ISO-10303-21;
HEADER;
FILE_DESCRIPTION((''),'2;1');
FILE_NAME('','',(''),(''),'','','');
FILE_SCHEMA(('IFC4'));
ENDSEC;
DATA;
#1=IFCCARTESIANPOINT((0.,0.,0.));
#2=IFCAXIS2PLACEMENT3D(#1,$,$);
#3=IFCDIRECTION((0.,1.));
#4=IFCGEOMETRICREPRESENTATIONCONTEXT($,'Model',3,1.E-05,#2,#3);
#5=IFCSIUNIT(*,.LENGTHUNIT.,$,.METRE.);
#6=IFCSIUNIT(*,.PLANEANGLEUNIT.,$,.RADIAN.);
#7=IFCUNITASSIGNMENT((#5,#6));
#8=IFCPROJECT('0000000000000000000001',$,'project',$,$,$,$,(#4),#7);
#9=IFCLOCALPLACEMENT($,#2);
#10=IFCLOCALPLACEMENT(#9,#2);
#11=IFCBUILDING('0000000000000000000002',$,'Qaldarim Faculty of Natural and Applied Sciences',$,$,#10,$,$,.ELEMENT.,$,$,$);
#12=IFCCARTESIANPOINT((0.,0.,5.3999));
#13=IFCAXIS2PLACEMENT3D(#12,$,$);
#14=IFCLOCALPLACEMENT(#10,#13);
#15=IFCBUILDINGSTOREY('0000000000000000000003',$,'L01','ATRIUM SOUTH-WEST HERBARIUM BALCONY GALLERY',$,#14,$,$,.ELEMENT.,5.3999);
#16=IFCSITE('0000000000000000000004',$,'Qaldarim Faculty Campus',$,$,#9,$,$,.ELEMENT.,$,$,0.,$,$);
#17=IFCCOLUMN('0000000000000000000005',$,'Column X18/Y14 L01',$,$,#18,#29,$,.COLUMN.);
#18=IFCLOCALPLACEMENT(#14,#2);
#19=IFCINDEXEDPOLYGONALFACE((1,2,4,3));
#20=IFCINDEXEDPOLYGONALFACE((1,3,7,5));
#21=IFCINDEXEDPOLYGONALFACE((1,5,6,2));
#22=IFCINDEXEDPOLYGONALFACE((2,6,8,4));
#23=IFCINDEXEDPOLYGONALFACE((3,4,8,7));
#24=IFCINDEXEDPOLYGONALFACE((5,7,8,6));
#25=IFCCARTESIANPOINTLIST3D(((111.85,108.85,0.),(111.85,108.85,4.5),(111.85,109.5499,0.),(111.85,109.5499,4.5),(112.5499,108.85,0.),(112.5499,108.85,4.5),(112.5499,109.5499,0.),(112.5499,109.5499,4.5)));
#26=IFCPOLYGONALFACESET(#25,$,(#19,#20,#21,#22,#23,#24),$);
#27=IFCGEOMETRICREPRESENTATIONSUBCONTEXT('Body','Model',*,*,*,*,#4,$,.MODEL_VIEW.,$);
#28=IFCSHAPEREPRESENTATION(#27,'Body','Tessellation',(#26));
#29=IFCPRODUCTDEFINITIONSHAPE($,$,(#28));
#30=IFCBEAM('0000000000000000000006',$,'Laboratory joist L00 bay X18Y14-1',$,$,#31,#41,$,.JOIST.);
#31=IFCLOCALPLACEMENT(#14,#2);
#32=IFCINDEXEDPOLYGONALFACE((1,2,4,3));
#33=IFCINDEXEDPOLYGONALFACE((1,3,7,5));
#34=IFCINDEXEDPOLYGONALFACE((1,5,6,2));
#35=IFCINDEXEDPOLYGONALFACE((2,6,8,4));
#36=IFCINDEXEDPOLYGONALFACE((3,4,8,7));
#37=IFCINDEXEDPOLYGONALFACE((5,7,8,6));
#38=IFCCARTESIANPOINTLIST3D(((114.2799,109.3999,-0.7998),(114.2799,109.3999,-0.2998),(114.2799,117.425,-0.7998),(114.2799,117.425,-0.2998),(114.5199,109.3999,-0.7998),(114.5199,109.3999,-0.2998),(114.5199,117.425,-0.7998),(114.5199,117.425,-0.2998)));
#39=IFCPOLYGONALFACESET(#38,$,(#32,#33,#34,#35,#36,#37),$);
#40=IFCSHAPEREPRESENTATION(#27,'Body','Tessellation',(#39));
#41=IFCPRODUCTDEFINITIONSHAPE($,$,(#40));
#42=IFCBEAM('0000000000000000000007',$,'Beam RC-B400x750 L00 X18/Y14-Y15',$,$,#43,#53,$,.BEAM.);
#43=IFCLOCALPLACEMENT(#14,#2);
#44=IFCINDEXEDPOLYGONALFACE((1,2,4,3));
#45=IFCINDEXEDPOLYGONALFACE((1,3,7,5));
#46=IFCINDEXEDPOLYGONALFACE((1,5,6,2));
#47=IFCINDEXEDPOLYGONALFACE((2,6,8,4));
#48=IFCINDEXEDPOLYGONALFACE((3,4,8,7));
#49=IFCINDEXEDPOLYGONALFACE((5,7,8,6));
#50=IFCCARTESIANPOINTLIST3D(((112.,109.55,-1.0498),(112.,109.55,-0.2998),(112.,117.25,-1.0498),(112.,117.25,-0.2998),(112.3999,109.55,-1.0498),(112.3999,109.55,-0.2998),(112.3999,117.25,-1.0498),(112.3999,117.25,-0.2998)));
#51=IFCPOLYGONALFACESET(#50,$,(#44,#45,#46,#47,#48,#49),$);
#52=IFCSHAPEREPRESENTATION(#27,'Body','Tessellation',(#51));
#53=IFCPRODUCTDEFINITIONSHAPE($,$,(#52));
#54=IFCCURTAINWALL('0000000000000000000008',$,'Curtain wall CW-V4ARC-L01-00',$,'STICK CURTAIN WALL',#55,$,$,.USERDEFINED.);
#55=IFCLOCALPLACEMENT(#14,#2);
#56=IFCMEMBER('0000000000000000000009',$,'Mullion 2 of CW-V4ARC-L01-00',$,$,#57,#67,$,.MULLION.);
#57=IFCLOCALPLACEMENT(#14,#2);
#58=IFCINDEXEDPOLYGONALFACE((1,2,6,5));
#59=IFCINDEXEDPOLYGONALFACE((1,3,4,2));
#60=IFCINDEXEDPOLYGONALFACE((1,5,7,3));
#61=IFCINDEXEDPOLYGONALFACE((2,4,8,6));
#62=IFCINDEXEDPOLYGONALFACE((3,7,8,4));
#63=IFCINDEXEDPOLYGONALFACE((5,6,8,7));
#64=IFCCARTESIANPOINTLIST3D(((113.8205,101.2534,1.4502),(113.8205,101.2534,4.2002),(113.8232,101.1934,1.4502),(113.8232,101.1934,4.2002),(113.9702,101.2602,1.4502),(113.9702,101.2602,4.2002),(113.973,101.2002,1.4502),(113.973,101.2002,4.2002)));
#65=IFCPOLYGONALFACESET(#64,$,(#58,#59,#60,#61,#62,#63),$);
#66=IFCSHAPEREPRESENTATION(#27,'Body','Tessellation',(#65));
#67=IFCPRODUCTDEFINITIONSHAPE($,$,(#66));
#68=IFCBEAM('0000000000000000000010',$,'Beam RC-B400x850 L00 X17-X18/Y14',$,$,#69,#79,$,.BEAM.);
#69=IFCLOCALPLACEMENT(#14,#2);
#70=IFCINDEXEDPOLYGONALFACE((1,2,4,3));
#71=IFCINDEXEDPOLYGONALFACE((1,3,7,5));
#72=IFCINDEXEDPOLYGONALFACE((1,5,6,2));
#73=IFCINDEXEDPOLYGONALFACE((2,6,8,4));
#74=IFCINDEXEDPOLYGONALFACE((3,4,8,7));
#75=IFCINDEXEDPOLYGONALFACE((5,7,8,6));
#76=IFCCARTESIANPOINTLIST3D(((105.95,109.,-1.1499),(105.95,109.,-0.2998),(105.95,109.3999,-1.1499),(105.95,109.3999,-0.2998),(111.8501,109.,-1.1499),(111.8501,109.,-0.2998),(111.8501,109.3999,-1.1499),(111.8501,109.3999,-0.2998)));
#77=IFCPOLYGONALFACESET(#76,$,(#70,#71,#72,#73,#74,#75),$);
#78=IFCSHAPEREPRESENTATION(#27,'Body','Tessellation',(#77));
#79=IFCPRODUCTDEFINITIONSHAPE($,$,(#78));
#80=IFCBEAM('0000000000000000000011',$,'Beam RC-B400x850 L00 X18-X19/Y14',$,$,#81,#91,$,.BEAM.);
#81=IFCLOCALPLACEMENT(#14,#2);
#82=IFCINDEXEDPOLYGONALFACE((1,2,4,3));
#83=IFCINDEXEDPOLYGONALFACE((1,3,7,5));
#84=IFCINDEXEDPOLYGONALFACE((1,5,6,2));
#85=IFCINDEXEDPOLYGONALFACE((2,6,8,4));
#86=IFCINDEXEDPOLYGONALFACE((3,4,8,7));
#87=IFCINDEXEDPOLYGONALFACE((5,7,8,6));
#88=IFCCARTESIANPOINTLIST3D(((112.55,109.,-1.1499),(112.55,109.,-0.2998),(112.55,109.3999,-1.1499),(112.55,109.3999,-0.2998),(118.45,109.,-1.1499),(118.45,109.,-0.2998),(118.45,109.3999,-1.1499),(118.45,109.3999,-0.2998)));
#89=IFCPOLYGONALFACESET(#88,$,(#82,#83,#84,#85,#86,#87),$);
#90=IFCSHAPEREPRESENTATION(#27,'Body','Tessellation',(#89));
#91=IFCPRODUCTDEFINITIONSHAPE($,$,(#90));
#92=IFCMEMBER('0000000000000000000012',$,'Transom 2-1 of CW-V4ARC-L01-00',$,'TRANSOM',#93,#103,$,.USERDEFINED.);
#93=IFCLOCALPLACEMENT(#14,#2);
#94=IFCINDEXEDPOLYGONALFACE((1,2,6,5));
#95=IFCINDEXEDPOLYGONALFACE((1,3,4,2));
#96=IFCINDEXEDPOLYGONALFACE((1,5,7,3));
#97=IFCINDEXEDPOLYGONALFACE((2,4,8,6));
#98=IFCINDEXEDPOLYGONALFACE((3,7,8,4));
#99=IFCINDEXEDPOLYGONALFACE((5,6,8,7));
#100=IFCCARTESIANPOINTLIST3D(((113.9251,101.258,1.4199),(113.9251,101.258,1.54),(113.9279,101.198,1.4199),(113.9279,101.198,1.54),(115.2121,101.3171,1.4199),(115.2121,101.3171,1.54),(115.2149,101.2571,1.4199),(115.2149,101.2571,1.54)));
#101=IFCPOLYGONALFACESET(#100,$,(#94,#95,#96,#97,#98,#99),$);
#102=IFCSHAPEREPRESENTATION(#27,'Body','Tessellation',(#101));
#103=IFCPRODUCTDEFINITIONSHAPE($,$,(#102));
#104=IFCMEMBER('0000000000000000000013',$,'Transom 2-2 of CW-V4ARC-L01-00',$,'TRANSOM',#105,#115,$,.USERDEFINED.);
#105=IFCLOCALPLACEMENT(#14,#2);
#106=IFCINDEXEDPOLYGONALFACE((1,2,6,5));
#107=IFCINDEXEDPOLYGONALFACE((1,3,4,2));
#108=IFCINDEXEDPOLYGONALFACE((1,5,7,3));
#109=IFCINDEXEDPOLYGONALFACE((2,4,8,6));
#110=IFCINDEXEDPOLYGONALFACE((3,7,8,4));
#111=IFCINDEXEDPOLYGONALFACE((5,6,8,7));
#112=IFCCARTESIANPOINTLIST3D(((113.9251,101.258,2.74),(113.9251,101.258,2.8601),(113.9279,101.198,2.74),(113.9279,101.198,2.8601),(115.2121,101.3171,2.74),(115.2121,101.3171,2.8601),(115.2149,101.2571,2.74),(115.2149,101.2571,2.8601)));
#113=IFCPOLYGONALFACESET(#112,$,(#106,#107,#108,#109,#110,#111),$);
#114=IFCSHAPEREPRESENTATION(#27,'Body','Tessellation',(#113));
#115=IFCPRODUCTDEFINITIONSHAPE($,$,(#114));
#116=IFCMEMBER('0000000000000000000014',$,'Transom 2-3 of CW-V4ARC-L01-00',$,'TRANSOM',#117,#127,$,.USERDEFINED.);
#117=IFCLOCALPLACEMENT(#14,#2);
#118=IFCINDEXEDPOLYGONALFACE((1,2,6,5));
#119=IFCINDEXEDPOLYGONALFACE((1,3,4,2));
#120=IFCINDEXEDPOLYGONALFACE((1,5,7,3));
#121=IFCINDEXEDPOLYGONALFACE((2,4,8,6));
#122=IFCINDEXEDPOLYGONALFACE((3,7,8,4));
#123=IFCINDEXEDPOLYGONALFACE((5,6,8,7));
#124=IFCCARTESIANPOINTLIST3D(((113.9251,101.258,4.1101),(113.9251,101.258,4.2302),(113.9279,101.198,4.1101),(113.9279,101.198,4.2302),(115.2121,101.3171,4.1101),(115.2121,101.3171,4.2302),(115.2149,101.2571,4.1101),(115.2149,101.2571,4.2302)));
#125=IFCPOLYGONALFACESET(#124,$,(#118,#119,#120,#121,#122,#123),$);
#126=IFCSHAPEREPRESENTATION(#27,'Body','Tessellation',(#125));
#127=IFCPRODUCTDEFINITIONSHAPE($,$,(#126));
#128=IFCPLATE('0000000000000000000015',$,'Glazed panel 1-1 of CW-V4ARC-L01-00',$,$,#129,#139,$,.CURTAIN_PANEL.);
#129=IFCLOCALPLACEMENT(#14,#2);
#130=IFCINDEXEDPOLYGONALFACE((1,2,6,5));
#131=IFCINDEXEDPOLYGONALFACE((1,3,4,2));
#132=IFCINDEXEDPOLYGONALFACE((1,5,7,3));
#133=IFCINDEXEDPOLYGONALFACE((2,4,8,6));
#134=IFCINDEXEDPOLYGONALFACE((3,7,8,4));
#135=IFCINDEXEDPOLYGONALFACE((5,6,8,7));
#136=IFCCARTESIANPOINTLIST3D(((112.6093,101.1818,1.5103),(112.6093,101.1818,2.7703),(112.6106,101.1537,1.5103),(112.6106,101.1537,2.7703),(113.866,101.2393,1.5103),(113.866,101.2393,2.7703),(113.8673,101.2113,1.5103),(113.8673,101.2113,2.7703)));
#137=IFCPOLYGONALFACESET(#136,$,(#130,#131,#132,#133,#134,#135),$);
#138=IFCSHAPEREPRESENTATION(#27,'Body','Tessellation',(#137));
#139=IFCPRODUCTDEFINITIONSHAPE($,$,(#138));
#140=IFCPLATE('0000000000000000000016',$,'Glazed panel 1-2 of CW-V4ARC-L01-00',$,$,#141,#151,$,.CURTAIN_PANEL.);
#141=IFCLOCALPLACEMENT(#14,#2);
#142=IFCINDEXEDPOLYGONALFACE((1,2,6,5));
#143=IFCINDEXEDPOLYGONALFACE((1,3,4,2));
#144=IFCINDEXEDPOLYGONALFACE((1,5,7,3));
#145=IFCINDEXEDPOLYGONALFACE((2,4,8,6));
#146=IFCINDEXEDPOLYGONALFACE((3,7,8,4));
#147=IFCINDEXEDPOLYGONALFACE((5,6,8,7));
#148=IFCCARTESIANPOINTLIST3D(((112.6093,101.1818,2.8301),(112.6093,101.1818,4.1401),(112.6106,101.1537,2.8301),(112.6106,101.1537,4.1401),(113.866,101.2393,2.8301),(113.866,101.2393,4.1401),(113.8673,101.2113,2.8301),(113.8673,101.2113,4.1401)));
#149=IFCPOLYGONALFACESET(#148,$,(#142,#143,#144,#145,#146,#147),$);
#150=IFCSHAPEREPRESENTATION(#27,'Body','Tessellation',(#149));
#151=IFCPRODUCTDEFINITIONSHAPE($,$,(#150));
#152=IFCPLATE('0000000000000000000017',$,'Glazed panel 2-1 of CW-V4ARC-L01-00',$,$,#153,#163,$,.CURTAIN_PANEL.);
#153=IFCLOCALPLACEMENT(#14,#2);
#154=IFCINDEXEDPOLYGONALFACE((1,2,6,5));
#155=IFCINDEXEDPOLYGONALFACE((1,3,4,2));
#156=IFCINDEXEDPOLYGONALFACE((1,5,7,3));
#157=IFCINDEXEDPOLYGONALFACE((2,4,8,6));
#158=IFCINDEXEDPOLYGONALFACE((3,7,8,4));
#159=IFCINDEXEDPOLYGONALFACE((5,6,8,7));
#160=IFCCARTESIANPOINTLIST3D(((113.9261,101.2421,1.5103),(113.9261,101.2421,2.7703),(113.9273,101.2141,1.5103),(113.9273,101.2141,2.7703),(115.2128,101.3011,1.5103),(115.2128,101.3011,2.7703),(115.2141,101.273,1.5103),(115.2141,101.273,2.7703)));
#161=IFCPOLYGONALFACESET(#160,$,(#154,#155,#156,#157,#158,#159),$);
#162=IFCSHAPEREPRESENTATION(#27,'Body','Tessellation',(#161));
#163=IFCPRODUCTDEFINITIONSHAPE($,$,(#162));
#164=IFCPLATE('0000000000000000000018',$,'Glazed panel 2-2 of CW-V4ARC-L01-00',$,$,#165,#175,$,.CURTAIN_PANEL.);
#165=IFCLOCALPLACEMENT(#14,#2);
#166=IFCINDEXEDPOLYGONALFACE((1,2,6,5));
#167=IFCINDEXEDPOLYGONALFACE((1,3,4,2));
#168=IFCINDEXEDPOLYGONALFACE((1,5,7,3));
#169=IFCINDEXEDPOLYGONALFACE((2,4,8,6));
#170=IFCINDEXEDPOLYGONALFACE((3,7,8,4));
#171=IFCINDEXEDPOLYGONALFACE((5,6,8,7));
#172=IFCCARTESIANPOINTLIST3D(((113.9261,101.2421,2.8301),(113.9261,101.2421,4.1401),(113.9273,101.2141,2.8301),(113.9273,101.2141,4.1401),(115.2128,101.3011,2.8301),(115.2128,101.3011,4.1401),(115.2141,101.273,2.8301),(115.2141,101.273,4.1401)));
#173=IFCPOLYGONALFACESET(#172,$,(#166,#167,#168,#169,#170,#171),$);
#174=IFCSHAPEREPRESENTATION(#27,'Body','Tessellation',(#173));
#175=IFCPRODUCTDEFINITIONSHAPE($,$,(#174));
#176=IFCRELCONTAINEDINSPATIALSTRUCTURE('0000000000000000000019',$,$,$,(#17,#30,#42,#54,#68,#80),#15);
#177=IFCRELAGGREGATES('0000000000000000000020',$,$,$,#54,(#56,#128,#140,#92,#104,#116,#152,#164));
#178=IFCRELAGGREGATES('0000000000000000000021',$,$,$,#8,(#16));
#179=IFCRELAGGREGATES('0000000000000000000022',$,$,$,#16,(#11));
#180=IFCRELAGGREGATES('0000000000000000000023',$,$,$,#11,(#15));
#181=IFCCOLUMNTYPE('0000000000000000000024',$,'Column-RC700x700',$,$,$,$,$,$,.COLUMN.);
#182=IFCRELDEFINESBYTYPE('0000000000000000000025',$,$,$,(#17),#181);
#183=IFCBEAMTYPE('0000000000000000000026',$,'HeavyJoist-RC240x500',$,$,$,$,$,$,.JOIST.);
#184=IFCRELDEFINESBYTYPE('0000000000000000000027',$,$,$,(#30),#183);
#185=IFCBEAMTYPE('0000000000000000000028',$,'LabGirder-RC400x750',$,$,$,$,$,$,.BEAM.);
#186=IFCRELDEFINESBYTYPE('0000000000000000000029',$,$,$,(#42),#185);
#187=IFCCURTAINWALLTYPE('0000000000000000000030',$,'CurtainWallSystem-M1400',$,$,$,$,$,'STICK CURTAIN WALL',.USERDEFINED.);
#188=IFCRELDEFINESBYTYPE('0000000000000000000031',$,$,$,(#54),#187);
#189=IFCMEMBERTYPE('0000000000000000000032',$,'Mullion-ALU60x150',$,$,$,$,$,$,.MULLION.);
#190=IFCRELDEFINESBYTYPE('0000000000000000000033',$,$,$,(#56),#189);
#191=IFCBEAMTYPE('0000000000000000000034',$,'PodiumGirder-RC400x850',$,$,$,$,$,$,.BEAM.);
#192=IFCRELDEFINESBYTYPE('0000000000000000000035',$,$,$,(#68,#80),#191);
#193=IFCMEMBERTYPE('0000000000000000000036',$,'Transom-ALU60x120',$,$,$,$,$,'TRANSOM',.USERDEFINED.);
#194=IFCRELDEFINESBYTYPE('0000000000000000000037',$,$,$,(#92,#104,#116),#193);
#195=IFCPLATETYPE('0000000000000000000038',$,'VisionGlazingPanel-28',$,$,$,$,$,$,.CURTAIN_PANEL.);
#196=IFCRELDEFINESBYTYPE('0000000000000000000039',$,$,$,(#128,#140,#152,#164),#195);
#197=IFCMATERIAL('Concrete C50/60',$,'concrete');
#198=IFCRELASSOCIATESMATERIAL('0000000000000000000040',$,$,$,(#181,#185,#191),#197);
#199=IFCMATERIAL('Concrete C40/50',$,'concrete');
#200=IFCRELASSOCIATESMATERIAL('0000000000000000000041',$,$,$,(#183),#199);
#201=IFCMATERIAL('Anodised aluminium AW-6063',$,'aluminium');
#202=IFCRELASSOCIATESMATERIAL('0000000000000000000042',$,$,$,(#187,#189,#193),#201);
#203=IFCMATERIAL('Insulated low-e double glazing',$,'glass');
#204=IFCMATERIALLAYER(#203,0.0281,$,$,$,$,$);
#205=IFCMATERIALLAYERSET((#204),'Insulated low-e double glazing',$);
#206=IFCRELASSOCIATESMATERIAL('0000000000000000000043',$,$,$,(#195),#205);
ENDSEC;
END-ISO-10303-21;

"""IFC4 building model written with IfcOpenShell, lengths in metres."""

from ifc_helpers import new_model, si_unit, direction, frame, origin, origin_2d, place, context, subcontext, project, spatial, rectangle, extrude, material, layer, layer_set, material_profile, profile_set, type_object, element, aggregate, save


model = new_model("IFC4")

# Units and contexts
model_context = context("Model", 3, precision=1e-05, world=origin(), true_north=direction((0.0, 1.0)))
body_context = subcontext(model_context, "Body", "Model", "MODEL_VIEW")
ifc_project = project(units=[si_unit("LENGTHUNIT", "METRE"), si_unit("PLANEANGLEUNIT", "RADIAN")], contexts=[model_context])

# Site, building, storey
site_placement = place(None, origin())
site = spatial("IfcSite", under=ifc_project, at=site_placement, Name="Qaldarim Faculty Campus", CompositionType="ELEMENT", RefElevation=0.0)
building_placement = place(site_placement, origin())
building = spatial("IfcBuilding", under=site, at=building_placement, Name="Qaldarim Faculty of Natural and Applied Sciences", CompositionType="ELEMENT")
storey_placement = place(building_placement, frame((0.0, 0.0, 5.3999)))
storey = spatial("IfcBuildingStorey", under=building, at=storey_placement, Name="L01", Description="ATRIUM SOUTH-WEST HERBARIUM BALCONY GALLERY", CompositionType="ELEMENT", Elevation=5.3999)

# Column
ifc_material_1 = material(Name="Concrete C50/60", Category="concrete")
ifc_material_profile_1 = material_profile(ifc_material_1, rectangle(XDim=0.7, YDim=0.7, at=origin_2d()), Name="RC-C700x700")
ifc_profile_set_1 = profile_set([ifc_material_profile_1], Name="Concrete C50/60")
column_type = type_object("IfcColumnType", Name="Column-RC700x700", PredefinedType="COLUMN", material=ifc_profile_set_1)
column_placement = place(storey_placement, frame((112.2, 109.2, 0.0), z_axis=(0.0, 0.0, 1.0), x_axis=(1.0, 0.0, 0.0)))
element("IfcColumn", 1, at=column_placement, inside=storey, type_object=column_type, Name="Column X18/Y14 L01", PredefinedType="COLUMN", context=body_context, shape_type="SweptSolid", body=[
    extrude(rectangle(XDim=0.7, YDim=0.7, at=origin_2d()), origin(), (0.0, 0.0, 1.0), 4.5),
])

# Beams
ifc_material_2 = material(Name="Concrete C40/50", Category="concrete")
ifc_material_profile_2 = material_profile(ifc_material_2, rectangle(XDim=0.24, YDim=0.5, at=origin_2d()), Name="RC-J240x500")
ifc_profile_set_2 = profile_set([ifc_material_profile_2], Name="Concrete C40/50")
beam_type_1 = type_object("IfcBeamType", Name="HeavyJoist-RC240x500", PredefinedType="JOIST", material=ifc_profile_set_2)
beam_1_placement = place(storey_placement, frame((114.3999, 109.3999, -0.5498), z_axis=(0.0, 1.0, 0.0), x_axis=(-1.0, 0.0, 0.0)))
element("IfcBeam", 2, at=beam_1_placement, inside=storey, type_object=beam_type_1, Name="Laboratory joist L00 bay X18Y14-1", PredefinedType="JOIST", context=body_context, shape_type="SweptSolid", body=[
    extrude(rectangle(XDim=0.24, YDim=0.5, at=origin_2d()), origin(), (0.0, 0.0, 1.0), 8.0251),
])
ifc_material_profile_3 = material_profile(ifc_material_1, rectangle(XDim=0.3999, YDim=0.75, at=origin_2d()), Name="RC-B400x750")
ifc_profile_set_3 = profile_set([ifc_material_profile_3], Name="Concrete C50/60")
beam_type_2 = type_object("IfcBeamType", Name="LabGirder-RC400x750", PredefinedType="BEAM", material=ifc_profile_set_3)
beam_2_placement = place(storey_placement, frame((112.2, 109.55, -0.6748), z_axis=(0.0, 1.0, 0.0), x_axis=(-1.0, 0.0, 0.0)))
element("IfcBeam", 3, at=beam_2_placement, inside=storey, type_object=beam_type_2, Name="Beam RC-B400x750 L00 X18/Y14-Y15", PredefinedType="BEAM", context=body_context, shape_type="SweptSolid", body=[
    extrude(rectangle(XDim=0.3999, YDim=0.75, at=origin_2d()), origin(), (0.0, 0.0, 1.0), 7.7),
])

# Curtain wall, member
ifc_material_3 = material(Name="Anodised aluminium AW-6063", Category="aluminium")
curtain_wall_type = type_object("IfcCurtainWallType", Name="CurtainWallSystem-M1400", ElementType="STICK CURTAIN WALL", PredefinedType="USERDEFINED", material=ifc_material_3)
curtain_wall_placement = place(storey_placement, origin())
curtain_wall = element("IfcCurtainWall", 4, at=curtain_wall_placement, inside=storey, type_object=curtain_wall_type, Name="Curtain wall CW-V4ARC-L01-00", ObjectType="STICK CURTAIN WALL", PredefinedType="USERDEFINED")
ifc_material_profile_4 = material_profile(ifc_material_3, rectangle(XDim=0.0601, YDim=0.1499, at=origin_2d()), Name="ALU-M60x150")
ifc_profile_set_4 = profile_set([ifc_material_profile_4], Name="Anodised aluminium AW-6063")
member_type_1 = type_object("IfcMemberType", Name="Mullion-ALU60x150", PredefinedType="MULLION", material=ifc_profile_set_4)
member_1_placement = place(storey_placement, frame((113.8967, 101.2268, 1.4502), z_axis=(0.0, 0.0, 1.0), x_axis=(-0.045747, 0.998953, 0.0)))
member_1 = element("IfcMember", 5, at=member_1_placement, type_object=member_type_1, Name="Mullion 2 of CW-V4ARC-L01-00", PredefinedType="MULLION", context=body_context, shape_type="SweptSolid", body=[
    extrude(rectangle(XDim=0.0601, YDim=0.1499, at=origin_2d()), origin(), (0.0, 0.0, 1.0), 2.75),
])

# Beams
ifc_material_profile_5 = material_profile(ifc_material_1, rectangle(XDim=0.3999, YDim=0.8501, at=origin_2d()), Name="RC-B400x850")
ifc_profile_set_5 = profile_set([ifc_material_profile_5], Name="Concrete C50/60")
beam_type_3 = type_object("IfcBeamType", Name="PodiumGirder-RC400x850", PredefinedType="BEAM", material=ifc_profile_set_5)
beam_3_placement = place(storey_placement, frame((105.95, 109.2, -0.7249), z_axis=(1.0, 0.0, 0.0), x_axis=(0.0, 1.0, 0.0)))
element("IfcBeam", 6, at=beam_3_placement, inside=storey, type_object=beam_type_3, Name="Beam RC-B400x850 L00 X17-X18/Y14", PredefinedType="BEAM", context=body_context, shape_type="SweptSolid", body=[
    extrude(rectangle(XDim=0.3999, YDim=0.8501, at=origin_2d()), origin(), (0.0, 0.0, 1.0), 5.9001),
])
beam_4_placement = place(storey_placement, frame((112.55, 109.2, -0.7249), z_axis=(1.0, 0.0, 0.0), x_axis=(0.0, 1.0, 0.0)))
element("IfcBeam", 7, at=beam_4_placement, inside=storey, type_object=beam_type_3, Name="Beam RC-B400x850 L00 X18-X19/Y14", PredefinedType="BEAM", context=body_context, shape_type="SweptSolid", body=[
    extrude(rectangle(XDim=0.3999, YDim=0.8501, at=origin_2d()), origin(), (0.0, 0.0, 1.0), 5.8999),
])

# Members
ifc_material_profile_6 = material_profile(ifc_material_3, rectangle(XDim=0.0601, YDim=0.1201, at=origin_2d()), Name="ALU-T60x120")
ifc_profile_set_6 = profile_set([ifc_material_profile_6], Name="Anodised aluminium AW-6063")
member_type_2 = type_object("IfcMemberType", Name="Transom-ALU60x120", ElementType="TRANSOM", PredefinedType="USERDEFINED", material=ifc_profile_set_6)
member_2_placement = place(storey_placement, frame((113.9265, 101.228, 1.48), z_axis=(0.998948, 0.045863, 0.0), x_axis=(-0.045863, 0.998948, 0.0)))
member_2 = element("IfcMember", 8, at=member_2_placement, type_object=member_type_2, Name="Transom 2-1 of CW-V4ARC-L01-00", ObjectType="TRANSOM", PredefinedType="USERDEFINED", context=body_context, shape_type="SweptSolid", body=[
    extrude(rectangle(XDim=0.0601, YDim=0.1201, at=origin_2d()), origin(), (0.0, 0.0, 1.0), 1.2883),
])
member_3_placement = place(storey_placement, frame((113.9265, 101.228, 2.8), z_axis=(0.998948, 0.045863, 0.0), x_axis=(-0.045863, 0.998948, 0.0)))
member_3 = element("IfcMember", 9, at=member_3_placement, type_object=member_type_2, Name="Transom 2-2 of CW-V4ARC-L01-00", ObjectType="TRANSOM", PredefinedType="USERDEFINED", context=body_context, shape_type="SweptSolid", body=[
    extrude(rectangle(XDim=0.0601, YDim=0.1201, at=origin_2d()), origin(), (0.0, 0.0, 1.0), 1.2883),
])
member_4_placement = place(storey_placement, frame((113.9265, 101.228, 4.1702), z_axis=(0.998948, 0.045863, 0.0), x_axis=(-0.045863, 0.998948, 0.0)))
member_4 = element("IfcMember", 10, at=member_4_placement, type_object=member_type_2, Name="Transom 2-3 of CW-V4ARC-L01-00", ObjectType="TRANSOM", PredefinedType="USERDEFINED", context=body_context, shape_type="SweptSolid", body=[
    extrude(rectangle(XDim=0.0601, YDim=0.1201, at=origin_2d()), origin(), (0.0, 0.0, 1.0), 1.2883),
])

# Plates
ifc_material_4 = material(Name="Insulated low-e double glazing", Category="glass")
ifc_layer_1 = layer(ifc_material_4, 0.0281)
ifc_layer_set_1 = layer_set([ifc_layer_1], Name="Insulated low-e double glazing")
plate_type = type_object("IfcPlateType", Name="VisionGlazingPanel-28", PredefinedType="CURTAIN_PANEL", material=ifc_layer_set_1)
plate_1_placement = place(storey_placement, frame((113.2383, 101.1965, 1.5103), z_axis=(0.0, 0.0, 1.0), x_axis=(0.998953, 0.045747, 0.0)))
plate_1 = element("IfcPlate", 11, at=plate_1_placement, type_object=plate_type, Name="Glazed panel 1-1 of CW-V4ARC-L01-00", PredefinedType="CURTAIN_PANEL", context=body_context, shape_type="SweptSolid", body=[
    extrude(rectangle(XDim=1.2581, YDim=0.0281, at=origin_2d()), origin(), (0.0, 0.0, 1.0), 1.26),
])
plate_2_placement = place(storey_placement, frame((113.2383, 101.1965, 2.8301), z_axis=(0.0, 0.0, 1.0), x_axis=(0.998953, 0.045747, 0.0)))
plate_2 = element("IfcPlate", 12, at=plate_2_placement, type_object=plate_type, Name="Glazed panel 1-2 of CW-V4ARC-L01-00", PredefinedType="CURTAIN_PANEL", context=body_context, shape_type="SweptSolid", body=[
    extrude(rectangle(XDim=1.2581, YDim=0.0281, at=origin_2d()), origin(), (0.0, 0.0, 1.0), 1.3101),
])
plate_3_placement = place(storey_placement, frame((114.5701, 101.2576, 1.5103), z_axis=(0.0, 0.0, 1.0), x_axis=(0.998953, 0.045747, 0.0)))
plate_3 = element("IfcPlate", 13, at=plate_3_placement, type_object=plate_type, Name="Glazed panel 2-1 of CW-V4ARC-L01-00", PredefinedType="CURTAIN_PANEL", context=body_context, shape_type="SweptSolid", body=[
    extrude(rectangle(XDim=1.2881, YDim=0.0281, at=origin_2d()), origin(), (0.0, 0.0, 1.0), 1.26),
])
plate_4_placement = place(storey_placement, frame((114.5701, 101.2576, 2.8301), z_axis=(0.0, 0.0, 1.0), x_axis=(0.998953, 0.045747, 0.0)))
plate_4 = element("IfcPlate", 14, at=plate_4_placement, type_object=plate_type, Name="Glazed panel 2-2 of CW-V4ARC-L01-00", PredefinedType="CURTAIN_PANEL", context=body_context, shape_type="SweptSolid", body=[
    extrude(rectangle(XDim=1.2881, YDim=0.0281, at=origin_2d()), origin(), (0.0, 0.0, 1.0), 1.3101),
])
aggregate(curtain_wall, [member_1, plate_1, plate_2, member_2, member_3, member_4, plate_3, plate_4])

save(model, "model.ifc")
